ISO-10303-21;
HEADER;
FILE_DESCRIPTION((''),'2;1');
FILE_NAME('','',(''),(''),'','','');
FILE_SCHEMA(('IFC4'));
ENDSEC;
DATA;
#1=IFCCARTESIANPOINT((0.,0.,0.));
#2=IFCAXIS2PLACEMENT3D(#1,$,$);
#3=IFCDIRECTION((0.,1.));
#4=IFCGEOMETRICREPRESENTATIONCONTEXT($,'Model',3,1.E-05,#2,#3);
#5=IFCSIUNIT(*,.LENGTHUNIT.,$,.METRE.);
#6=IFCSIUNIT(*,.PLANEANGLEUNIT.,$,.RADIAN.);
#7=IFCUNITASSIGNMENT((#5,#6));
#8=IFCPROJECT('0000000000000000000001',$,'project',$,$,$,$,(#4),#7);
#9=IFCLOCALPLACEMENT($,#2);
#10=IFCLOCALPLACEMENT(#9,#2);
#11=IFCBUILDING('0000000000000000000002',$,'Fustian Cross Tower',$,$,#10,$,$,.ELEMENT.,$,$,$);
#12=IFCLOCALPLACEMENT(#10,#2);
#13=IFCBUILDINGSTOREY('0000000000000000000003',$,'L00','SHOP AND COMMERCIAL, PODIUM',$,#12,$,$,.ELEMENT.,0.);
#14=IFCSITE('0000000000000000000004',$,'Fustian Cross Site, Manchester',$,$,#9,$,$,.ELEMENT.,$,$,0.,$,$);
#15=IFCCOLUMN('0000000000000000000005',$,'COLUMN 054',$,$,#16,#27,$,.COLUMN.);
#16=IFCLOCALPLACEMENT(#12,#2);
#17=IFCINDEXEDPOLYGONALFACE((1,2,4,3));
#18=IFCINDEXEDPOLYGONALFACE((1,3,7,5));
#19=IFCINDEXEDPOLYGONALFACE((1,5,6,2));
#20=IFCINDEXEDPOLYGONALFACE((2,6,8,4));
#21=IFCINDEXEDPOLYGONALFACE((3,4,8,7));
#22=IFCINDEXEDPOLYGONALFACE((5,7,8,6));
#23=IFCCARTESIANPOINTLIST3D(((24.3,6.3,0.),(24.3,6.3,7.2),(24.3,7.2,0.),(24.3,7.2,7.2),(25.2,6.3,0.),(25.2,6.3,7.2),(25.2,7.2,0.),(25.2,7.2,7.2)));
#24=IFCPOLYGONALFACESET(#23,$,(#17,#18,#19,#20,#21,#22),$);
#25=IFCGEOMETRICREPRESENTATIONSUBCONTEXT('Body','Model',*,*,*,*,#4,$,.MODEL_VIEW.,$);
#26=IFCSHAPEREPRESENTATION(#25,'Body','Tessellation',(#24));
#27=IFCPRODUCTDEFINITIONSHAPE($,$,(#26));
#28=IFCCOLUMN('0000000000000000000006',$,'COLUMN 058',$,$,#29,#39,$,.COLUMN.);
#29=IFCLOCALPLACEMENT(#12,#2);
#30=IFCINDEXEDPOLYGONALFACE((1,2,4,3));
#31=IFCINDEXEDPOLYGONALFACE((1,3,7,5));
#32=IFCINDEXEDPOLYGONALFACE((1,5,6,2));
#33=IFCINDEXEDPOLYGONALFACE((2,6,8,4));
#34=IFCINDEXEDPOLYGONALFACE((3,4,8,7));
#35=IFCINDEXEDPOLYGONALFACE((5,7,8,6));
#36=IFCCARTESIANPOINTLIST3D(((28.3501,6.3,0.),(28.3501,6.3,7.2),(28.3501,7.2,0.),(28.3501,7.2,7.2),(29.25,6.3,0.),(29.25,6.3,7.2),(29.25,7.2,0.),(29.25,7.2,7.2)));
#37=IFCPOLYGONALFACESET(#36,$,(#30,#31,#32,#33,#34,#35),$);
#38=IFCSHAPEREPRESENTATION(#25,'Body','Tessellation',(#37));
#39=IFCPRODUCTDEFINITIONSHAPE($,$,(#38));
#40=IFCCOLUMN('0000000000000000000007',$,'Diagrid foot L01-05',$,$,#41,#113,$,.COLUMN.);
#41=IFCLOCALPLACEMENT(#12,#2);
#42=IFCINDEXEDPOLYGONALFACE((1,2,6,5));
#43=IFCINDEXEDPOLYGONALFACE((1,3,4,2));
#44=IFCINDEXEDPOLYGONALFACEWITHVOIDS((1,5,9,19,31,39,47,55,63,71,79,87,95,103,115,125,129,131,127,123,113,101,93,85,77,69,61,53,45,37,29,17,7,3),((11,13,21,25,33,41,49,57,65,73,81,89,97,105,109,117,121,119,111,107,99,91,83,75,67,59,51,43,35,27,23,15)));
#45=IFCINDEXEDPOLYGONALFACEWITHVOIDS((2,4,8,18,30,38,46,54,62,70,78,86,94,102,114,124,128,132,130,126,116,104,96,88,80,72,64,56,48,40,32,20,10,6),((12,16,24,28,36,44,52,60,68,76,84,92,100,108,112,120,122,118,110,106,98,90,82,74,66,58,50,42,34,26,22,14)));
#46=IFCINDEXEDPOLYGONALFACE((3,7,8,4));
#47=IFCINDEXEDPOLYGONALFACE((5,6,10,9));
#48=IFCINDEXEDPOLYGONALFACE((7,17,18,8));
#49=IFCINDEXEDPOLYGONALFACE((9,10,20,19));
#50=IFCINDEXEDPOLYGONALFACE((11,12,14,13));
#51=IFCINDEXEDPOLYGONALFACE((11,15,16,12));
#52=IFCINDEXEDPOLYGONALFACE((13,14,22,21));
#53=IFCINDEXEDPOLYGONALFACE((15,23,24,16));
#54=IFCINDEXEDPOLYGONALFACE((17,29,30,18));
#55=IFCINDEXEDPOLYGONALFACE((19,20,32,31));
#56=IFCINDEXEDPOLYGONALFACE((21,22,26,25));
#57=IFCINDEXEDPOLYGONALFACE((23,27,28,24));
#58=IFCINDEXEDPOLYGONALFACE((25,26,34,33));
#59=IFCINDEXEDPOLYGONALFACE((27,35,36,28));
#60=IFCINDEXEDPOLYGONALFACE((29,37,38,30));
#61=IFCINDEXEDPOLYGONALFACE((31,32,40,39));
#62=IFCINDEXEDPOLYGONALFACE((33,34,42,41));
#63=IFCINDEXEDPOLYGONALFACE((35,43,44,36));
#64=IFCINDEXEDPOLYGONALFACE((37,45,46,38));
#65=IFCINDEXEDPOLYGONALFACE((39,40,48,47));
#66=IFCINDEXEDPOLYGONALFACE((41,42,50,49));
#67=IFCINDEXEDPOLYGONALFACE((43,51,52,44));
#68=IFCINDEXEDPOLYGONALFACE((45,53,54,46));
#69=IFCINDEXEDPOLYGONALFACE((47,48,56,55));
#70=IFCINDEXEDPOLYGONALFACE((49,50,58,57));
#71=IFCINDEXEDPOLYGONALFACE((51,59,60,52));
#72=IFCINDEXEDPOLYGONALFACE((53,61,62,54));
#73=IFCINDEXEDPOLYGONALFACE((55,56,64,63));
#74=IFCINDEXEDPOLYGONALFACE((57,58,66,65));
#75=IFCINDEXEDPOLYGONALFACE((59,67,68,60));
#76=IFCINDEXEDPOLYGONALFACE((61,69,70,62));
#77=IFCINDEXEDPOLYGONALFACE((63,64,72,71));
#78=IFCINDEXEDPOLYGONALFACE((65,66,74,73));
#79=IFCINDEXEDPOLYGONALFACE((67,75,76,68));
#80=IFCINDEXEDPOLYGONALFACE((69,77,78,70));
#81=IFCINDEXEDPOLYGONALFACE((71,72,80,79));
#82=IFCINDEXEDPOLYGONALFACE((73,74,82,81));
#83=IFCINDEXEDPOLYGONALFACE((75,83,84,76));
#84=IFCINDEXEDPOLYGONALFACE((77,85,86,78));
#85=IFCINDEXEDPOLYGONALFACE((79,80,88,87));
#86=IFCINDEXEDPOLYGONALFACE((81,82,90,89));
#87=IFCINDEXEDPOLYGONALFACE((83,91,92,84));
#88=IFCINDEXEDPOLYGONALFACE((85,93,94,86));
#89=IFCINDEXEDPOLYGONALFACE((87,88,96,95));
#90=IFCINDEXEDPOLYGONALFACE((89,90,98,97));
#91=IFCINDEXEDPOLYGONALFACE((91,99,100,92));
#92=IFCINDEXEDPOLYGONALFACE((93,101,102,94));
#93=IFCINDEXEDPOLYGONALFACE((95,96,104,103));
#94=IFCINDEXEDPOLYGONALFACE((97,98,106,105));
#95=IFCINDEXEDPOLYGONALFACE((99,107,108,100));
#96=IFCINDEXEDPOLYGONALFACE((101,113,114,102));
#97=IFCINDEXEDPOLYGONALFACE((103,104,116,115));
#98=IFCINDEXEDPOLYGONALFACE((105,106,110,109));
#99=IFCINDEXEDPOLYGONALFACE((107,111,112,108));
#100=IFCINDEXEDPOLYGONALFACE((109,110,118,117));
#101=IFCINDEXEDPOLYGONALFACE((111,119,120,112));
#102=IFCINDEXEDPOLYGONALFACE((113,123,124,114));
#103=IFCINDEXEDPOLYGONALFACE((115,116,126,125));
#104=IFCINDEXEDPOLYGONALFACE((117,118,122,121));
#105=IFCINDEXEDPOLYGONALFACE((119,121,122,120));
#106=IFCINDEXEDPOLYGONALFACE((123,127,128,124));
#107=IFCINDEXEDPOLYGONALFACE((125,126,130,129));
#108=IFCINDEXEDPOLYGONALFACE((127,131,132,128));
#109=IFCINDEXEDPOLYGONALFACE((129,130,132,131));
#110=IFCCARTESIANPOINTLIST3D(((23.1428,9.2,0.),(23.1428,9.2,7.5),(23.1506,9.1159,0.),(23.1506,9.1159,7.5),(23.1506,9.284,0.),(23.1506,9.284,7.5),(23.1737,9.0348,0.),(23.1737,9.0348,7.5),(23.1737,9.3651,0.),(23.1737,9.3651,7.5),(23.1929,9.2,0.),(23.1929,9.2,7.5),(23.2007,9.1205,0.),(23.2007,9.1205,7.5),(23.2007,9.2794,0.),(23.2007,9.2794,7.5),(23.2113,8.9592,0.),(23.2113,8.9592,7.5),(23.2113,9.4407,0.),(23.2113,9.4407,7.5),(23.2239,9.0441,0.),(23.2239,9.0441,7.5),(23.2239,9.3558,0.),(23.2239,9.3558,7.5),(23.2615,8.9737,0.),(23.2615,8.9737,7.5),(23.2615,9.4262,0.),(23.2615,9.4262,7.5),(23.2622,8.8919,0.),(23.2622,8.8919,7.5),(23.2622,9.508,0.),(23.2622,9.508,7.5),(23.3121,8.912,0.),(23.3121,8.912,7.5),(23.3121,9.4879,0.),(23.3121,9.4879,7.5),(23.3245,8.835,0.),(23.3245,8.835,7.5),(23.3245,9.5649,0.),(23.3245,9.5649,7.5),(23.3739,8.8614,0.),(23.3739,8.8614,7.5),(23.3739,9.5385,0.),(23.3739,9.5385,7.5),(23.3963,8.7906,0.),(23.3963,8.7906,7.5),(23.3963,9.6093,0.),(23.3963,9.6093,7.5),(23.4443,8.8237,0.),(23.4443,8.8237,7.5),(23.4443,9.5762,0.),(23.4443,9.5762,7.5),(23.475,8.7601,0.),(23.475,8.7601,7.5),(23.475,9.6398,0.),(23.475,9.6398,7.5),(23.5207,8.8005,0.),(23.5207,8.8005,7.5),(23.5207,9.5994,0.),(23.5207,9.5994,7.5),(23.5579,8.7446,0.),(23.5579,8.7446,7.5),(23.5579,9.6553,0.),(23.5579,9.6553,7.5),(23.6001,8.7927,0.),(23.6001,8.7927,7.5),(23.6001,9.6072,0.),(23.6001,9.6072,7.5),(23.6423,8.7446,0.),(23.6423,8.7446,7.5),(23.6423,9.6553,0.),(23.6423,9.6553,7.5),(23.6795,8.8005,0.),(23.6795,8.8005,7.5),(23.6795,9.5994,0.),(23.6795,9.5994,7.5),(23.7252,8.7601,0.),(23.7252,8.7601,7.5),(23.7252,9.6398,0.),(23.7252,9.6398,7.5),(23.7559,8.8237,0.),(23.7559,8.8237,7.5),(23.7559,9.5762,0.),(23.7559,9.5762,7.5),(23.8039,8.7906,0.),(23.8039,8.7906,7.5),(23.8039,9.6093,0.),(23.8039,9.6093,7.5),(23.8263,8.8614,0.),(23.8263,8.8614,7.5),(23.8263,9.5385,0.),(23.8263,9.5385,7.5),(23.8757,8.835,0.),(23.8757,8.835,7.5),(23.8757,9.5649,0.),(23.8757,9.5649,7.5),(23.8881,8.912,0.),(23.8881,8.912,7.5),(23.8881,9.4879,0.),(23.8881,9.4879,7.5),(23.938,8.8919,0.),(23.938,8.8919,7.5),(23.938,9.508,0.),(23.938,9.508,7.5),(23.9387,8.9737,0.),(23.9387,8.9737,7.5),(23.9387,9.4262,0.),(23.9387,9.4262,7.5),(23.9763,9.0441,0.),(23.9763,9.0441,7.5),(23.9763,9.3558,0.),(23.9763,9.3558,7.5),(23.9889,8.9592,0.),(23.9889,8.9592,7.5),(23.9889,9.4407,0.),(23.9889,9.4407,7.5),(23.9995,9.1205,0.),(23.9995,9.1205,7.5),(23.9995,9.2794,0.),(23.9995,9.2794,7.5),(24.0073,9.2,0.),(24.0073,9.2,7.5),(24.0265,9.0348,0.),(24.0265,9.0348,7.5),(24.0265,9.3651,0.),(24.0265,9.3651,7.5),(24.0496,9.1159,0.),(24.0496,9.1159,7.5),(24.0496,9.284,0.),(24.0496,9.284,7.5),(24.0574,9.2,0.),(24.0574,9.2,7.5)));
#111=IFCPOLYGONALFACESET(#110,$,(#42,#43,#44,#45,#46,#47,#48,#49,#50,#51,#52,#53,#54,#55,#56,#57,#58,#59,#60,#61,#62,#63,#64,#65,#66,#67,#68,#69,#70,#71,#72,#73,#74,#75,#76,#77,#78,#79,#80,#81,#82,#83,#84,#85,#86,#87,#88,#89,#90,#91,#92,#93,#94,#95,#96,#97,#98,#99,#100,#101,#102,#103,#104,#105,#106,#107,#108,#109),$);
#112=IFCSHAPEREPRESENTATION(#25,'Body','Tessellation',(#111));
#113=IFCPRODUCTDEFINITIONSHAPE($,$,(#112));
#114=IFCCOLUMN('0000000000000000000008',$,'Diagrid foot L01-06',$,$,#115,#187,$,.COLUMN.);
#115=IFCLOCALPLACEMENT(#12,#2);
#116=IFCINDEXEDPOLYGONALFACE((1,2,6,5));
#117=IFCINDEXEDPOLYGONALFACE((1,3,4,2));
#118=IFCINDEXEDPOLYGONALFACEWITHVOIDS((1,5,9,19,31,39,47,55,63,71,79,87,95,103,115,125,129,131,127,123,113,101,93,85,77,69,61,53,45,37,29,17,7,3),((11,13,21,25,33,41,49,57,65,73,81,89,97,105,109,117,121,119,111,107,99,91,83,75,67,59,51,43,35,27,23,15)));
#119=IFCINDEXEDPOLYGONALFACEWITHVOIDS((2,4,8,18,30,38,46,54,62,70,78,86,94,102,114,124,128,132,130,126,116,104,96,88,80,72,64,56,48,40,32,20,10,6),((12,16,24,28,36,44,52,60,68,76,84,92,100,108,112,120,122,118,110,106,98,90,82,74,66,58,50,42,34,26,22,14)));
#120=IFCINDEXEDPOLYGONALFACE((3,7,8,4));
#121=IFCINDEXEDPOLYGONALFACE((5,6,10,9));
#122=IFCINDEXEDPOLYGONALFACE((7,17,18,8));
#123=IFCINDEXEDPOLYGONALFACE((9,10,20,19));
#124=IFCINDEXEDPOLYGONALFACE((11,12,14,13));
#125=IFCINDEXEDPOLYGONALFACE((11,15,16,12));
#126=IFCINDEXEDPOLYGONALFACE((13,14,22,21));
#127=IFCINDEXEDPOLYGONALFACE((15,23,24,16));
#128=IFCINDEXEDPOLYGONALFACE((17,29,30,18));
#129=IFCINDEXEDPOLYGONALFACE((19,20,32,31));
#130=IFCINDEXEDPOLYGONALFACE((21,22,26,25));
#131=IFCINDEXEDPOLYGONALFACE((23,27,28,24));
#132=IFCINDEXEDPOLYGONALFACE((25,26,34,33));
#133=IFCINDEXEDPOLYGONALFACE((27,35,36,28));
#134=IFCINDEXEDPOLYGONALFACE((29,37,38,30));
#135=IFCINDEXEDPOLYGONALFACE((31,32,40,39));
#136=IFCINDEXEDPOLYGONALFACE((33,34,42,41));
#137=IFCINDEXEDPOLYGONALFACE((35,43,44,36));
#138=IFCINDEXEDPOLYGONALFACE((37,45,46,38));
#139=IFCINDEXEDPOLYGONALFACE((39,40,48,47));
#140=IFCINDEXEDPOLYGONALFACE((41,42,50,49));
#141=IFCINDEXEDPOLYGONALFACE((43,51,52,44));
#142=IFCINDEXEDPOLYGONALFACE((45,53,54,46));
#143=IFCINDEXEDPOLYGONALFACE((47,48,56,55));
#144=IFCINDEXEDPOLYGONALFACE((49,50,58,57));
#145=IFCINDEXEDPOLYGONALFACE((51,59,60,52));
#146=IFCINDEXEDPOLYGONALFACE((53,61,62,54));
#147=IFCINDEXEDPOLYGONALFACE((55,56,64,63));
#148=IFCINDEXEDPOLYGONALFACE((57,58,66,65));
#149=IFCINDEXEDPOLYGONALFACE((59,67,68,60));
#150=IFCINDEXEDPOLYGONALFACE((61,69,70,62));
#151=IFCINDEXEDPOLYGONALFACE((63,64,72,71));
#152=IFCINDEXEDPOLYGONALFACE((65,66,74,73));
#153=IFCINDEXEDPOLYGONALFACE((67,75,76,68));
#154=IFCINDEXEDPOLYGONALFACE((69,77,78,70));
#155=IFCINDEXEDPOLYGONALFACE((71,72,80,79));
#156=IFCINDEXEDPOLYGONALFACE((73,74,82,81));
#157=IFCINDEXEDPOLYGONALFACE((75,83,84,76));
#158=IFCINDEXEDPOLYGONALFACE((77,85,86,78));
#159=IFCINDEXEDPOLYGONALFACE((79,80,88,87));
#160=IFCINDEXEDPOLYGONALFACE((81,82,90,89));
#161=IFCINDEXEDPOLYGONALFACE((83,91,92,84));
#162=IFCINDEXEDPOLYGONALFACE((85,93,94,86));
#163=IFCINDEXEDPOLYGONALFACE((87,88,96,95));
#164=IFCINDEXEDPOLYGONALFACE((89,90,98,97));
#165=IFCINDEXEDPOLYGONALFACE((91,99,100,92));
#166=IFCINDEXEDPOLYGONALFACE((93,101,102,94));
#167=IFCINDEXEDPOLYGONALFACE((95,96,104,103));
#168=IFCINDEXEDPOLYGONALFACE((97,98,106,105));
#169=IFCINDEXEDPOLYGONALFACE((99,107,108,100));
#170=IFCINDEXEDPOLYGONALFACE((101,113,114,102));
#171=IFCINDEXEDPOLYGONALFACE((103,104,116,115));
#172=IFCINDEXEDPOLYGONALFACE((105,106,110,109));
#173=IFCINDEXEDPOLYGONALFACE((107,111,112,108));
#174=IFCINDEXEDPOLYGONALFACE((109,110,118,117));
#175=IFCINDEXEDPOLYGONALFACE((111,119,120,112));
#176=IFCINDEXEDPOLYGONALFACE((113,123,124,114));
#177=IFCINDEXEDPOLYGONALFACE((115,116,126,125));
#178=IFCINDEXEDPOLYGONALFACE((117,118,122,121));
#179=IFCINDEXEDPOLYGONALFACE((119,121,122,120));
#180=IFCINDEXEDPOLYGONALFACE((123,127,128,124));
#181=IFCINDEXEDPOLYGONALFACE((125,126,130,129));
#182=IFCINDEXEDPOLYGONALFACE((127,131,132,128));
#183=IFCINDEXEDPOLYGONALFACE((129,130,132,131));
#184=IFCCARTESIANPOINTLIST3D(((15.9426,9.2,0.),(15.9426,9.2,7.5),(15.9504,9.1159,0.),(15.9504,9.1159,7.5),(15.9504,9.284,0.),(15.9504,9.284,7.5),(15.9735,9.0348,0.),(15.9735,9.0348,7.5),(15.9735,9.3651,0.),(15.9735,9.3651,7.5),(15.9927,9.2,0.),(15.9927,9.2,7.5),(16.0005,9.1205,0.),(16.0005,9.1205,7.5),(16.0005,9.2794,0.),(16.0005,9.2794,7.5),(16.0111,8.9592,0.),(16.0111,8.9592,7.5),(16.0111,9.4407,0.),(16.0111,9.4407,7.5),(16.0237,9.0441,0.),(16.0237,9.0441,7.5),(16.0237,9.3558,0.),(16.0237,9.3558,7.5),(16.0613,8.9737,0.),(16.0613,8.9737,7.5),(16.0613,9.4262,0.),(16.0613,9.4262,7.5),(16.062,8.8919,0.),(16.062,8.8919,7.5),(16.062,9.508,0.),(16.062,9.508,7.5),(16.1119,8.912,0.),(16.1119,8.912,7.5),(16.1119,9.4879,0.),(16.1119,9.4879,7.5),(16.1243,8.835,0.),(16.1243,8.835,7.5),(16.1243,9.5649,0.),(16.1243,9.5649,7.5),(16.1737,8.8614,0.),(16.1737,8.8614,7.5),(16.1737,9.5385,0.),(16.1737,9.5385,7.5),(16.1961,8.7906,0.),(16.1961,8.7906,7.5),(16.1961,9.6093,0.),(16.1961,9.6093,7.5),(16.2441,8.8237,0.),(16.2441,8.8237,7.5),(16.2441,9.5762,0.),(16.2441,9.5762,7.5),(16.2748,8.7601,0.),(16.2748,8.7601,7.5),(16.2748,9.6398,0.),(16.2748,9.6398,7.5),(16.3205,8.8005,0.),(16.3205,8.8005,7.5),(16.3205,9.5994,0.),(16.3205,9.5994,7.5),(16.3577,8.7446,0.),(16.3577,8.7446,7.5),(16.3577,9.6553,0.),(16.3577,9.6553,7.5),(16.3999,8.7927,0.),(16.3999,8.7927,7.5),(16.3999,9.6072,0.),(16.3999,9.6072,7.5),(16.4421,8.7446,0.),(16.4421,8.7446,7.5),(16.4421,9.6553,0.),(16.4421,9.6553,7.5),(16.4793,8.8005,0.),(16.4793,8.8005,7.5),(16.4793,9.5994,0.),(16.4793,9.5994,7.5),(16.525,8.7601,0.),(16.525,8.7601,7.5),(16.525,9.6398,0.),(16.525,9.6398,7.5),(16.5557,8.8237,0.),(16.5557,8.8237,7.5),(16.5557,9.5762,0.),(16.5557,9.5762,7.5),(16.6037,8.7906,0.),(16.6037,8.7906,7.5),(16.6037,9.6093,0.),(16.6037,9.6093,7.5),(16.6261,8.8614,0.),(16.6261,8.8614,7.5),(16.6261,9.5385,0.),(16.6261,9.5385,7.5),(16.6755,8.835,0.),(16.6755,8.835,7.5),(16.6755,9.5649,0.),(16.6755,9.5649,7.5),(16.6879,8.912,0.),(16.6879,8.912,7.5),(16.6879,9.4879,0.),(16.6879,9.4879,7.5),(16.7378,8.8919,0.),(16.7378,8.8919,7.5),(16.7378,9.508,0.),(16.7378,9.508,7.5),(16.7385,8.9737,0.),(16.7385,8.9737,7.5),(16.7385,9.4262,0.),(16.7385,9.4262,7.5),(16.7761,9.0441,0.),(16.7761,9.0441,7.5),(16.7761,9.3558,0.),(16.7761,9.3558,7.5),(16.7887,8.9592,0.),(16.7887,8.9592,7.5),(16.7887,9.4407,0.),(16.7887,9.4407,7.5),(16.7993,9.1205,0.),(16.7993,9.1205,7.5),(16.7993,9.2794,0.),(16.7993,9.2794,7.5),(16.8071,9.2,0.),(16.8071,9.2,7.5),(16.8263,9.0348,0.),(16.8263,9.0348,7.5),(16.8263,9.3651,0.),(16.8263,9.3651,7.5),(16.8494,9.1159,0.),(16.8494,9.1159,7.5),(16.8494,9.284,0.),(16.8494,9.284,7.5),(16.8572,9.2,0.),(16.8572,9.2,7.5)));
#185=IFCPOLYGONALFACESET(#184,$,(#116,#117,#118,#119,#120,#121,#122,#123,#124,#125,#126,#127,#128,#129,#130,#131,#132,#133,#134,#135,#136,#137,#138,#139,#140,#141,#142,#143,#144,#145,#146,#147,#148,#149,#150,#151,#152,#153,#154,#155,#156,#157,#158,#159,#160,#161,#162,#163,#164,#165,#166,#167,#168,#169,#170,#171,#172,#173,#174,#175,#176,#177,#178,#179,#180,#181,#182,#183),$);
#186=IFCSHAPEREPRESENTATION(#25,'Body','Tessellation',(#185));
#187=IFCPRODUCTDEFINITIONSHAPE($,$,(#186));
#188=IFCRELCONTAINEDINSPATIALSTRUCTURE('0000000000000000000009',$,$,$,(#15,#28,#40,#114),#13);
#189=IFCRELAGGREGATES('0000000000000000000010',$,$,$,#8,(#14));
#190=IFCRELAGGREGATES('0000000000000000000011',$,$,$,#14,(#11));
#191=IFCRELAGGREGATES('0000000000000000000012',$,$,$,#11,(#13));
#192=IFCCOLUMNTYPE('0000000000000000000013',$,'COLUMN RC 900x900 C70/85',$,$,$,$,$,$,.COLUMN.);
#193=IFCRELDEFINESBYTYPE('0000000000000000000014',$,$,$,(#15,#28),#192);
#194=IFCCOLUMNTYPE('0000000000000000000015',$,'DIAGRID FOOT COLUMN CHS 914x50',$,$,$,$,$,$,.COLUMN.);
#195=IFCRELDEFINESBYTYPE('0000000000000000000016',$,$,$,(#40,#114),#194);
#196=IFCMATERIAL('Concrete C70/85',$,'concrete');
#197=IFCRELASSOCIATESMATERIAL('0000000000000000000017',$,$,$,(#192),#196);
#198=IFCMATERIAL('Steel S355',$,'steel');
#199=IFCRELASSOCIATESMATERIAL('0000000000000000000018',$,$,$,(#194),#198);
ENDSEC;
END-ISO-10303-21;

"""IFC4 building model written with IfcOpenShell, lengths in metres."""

from ifc_helpers import new_model, si_unit, direction, frame, origin, origin_2d, place, context, subcontext, project, spatial, rectangle, hollow_circle, extrude, material, material_profile, profile_set, type_object, element, save


model = new_model("IFC4")

# Units and contexts
model_context = context("Model", 3, precision=1e-05, world=origin(), true_north=direction((0.0, 1.0)))
body_context = subcontext(model_context, "Body", "Model", "MODEL_VIEW")
ifc_project = project(units=[si_unit("LENGTHUNIT", "METRE"), si_unit("PLANEANGLEUNIT", "RADIAN")], contexts=[model_context])

# Site, building, storey
site_placement = place(None, origin())
site = spatial("IfcSite", under=ifc_project, at=site_placement, Name="Fustian Cross Site, Manchester", CompositionType="ELEMENT", RefElevation=0.0)
building_placement = place(site_placement, origin())
building = spatial("IfcBuilding", under=site, at=building_placement, Name="Fustian Cross Tower", CompositionType="ELEMENT")
storey_placement = place(building_placement, origin())
storey = spatial("IfcBuildingStorey", under=building, at=storey_placement, Name="L00", Description="SHOP AND COMMERCIAL, PODIUM", CompositionType="ELEMENT", Elevation=0.0)

# Columns
ifc_material_1 = material(Name="Concrete C70/85", Category="concrete")
ifc_material_profile_1 = material_profile(ifc_material_1, rectangle(XDim=0.8999, YDim=0.8999, at=origin_2d()), Name="RC 900x900")
ifc_profile_set_1 = profile_set([ifc_material_profile_1], Name="Concrete C70/85")
column_type_1 = type_object("IfcColumnType", Name="COLUMN RC 900x900 C70/85", PredefinedType="COLUMN", material=ifc_profile_set_1)
for number, where, z_axis, x_axis, name in (
    (1, (24.75, 6.75, 0.0), (0.0, 0.0, 1.0), (1.0, 0.0, 0.0), "COLUMN 054"),
    (2, (28.8, 6.75, 0.0), (0.0, 0.0, 1.0), (1.0, 0.0, 0.0), "COLUMN 058"),
):
    element("IfcColumn", number, at=place(storey_placement, frame(where, z_axis=z_axis, x_axis=x_axis)), inside=storey, type_object=column_type_1, Name=name, PredefinedType="COLUMN", context=body_context, shape_type="SweptSolid", body=[
        extrude(rectangle(XDim=0.8999, YDim=0.8999, at=origin_2d()), origin(), (0.0, 0.0, 1.0), 7.2),
    ])
ifc_material_2 = material(Name="Steel S355", Category="steel")
ifc_material_profile_2 = material_profile(ifc_material_2, hollow_circle(Radius=0.4573, WallThickness=0.05, at=origin_2d()), Name="CHS 914x50")
ifc_profile_set_2 = profile_set([ifc_material_profile_2], Name="Steel S355")
column_type_2 = type_object("IfcColumnType", Name="DIAGRID FOOT COLUMN CHS 914x50", PredefinedType="COLUMN", material=ifc_profile_set_2)
for number, where, z_axis, x_axis, name in (
    (3, (23.6001, 9.2, 0.0), (0.0, 0.0, 1.0), (1.0, 0.0, 0.0), "Diagrid foot L01-05"),
    (4, (16.3999, 9.2, 0.0), (0.0, 0.0, 1.0), (1.0, 0.0, 0.0), "Diagrid foot L01-06"),
):
    element("IfcColumn", number, at=place(storey_placement, frame(where, z_axis=z_axis, x_axis=x_axis)), inside=storey, type_object=column_type_2, Name=name, PredefinedType="COLUMN", context=body_context, shape_type="SweptSolid", body=[
        extrude(hollow_circle(Radius=0.4573, WallThickness=0.05, at=origin_2d()), origin(), (0.0, 0.0, 1.0), 7.5),
    ])

save(model, "model.ifc")
